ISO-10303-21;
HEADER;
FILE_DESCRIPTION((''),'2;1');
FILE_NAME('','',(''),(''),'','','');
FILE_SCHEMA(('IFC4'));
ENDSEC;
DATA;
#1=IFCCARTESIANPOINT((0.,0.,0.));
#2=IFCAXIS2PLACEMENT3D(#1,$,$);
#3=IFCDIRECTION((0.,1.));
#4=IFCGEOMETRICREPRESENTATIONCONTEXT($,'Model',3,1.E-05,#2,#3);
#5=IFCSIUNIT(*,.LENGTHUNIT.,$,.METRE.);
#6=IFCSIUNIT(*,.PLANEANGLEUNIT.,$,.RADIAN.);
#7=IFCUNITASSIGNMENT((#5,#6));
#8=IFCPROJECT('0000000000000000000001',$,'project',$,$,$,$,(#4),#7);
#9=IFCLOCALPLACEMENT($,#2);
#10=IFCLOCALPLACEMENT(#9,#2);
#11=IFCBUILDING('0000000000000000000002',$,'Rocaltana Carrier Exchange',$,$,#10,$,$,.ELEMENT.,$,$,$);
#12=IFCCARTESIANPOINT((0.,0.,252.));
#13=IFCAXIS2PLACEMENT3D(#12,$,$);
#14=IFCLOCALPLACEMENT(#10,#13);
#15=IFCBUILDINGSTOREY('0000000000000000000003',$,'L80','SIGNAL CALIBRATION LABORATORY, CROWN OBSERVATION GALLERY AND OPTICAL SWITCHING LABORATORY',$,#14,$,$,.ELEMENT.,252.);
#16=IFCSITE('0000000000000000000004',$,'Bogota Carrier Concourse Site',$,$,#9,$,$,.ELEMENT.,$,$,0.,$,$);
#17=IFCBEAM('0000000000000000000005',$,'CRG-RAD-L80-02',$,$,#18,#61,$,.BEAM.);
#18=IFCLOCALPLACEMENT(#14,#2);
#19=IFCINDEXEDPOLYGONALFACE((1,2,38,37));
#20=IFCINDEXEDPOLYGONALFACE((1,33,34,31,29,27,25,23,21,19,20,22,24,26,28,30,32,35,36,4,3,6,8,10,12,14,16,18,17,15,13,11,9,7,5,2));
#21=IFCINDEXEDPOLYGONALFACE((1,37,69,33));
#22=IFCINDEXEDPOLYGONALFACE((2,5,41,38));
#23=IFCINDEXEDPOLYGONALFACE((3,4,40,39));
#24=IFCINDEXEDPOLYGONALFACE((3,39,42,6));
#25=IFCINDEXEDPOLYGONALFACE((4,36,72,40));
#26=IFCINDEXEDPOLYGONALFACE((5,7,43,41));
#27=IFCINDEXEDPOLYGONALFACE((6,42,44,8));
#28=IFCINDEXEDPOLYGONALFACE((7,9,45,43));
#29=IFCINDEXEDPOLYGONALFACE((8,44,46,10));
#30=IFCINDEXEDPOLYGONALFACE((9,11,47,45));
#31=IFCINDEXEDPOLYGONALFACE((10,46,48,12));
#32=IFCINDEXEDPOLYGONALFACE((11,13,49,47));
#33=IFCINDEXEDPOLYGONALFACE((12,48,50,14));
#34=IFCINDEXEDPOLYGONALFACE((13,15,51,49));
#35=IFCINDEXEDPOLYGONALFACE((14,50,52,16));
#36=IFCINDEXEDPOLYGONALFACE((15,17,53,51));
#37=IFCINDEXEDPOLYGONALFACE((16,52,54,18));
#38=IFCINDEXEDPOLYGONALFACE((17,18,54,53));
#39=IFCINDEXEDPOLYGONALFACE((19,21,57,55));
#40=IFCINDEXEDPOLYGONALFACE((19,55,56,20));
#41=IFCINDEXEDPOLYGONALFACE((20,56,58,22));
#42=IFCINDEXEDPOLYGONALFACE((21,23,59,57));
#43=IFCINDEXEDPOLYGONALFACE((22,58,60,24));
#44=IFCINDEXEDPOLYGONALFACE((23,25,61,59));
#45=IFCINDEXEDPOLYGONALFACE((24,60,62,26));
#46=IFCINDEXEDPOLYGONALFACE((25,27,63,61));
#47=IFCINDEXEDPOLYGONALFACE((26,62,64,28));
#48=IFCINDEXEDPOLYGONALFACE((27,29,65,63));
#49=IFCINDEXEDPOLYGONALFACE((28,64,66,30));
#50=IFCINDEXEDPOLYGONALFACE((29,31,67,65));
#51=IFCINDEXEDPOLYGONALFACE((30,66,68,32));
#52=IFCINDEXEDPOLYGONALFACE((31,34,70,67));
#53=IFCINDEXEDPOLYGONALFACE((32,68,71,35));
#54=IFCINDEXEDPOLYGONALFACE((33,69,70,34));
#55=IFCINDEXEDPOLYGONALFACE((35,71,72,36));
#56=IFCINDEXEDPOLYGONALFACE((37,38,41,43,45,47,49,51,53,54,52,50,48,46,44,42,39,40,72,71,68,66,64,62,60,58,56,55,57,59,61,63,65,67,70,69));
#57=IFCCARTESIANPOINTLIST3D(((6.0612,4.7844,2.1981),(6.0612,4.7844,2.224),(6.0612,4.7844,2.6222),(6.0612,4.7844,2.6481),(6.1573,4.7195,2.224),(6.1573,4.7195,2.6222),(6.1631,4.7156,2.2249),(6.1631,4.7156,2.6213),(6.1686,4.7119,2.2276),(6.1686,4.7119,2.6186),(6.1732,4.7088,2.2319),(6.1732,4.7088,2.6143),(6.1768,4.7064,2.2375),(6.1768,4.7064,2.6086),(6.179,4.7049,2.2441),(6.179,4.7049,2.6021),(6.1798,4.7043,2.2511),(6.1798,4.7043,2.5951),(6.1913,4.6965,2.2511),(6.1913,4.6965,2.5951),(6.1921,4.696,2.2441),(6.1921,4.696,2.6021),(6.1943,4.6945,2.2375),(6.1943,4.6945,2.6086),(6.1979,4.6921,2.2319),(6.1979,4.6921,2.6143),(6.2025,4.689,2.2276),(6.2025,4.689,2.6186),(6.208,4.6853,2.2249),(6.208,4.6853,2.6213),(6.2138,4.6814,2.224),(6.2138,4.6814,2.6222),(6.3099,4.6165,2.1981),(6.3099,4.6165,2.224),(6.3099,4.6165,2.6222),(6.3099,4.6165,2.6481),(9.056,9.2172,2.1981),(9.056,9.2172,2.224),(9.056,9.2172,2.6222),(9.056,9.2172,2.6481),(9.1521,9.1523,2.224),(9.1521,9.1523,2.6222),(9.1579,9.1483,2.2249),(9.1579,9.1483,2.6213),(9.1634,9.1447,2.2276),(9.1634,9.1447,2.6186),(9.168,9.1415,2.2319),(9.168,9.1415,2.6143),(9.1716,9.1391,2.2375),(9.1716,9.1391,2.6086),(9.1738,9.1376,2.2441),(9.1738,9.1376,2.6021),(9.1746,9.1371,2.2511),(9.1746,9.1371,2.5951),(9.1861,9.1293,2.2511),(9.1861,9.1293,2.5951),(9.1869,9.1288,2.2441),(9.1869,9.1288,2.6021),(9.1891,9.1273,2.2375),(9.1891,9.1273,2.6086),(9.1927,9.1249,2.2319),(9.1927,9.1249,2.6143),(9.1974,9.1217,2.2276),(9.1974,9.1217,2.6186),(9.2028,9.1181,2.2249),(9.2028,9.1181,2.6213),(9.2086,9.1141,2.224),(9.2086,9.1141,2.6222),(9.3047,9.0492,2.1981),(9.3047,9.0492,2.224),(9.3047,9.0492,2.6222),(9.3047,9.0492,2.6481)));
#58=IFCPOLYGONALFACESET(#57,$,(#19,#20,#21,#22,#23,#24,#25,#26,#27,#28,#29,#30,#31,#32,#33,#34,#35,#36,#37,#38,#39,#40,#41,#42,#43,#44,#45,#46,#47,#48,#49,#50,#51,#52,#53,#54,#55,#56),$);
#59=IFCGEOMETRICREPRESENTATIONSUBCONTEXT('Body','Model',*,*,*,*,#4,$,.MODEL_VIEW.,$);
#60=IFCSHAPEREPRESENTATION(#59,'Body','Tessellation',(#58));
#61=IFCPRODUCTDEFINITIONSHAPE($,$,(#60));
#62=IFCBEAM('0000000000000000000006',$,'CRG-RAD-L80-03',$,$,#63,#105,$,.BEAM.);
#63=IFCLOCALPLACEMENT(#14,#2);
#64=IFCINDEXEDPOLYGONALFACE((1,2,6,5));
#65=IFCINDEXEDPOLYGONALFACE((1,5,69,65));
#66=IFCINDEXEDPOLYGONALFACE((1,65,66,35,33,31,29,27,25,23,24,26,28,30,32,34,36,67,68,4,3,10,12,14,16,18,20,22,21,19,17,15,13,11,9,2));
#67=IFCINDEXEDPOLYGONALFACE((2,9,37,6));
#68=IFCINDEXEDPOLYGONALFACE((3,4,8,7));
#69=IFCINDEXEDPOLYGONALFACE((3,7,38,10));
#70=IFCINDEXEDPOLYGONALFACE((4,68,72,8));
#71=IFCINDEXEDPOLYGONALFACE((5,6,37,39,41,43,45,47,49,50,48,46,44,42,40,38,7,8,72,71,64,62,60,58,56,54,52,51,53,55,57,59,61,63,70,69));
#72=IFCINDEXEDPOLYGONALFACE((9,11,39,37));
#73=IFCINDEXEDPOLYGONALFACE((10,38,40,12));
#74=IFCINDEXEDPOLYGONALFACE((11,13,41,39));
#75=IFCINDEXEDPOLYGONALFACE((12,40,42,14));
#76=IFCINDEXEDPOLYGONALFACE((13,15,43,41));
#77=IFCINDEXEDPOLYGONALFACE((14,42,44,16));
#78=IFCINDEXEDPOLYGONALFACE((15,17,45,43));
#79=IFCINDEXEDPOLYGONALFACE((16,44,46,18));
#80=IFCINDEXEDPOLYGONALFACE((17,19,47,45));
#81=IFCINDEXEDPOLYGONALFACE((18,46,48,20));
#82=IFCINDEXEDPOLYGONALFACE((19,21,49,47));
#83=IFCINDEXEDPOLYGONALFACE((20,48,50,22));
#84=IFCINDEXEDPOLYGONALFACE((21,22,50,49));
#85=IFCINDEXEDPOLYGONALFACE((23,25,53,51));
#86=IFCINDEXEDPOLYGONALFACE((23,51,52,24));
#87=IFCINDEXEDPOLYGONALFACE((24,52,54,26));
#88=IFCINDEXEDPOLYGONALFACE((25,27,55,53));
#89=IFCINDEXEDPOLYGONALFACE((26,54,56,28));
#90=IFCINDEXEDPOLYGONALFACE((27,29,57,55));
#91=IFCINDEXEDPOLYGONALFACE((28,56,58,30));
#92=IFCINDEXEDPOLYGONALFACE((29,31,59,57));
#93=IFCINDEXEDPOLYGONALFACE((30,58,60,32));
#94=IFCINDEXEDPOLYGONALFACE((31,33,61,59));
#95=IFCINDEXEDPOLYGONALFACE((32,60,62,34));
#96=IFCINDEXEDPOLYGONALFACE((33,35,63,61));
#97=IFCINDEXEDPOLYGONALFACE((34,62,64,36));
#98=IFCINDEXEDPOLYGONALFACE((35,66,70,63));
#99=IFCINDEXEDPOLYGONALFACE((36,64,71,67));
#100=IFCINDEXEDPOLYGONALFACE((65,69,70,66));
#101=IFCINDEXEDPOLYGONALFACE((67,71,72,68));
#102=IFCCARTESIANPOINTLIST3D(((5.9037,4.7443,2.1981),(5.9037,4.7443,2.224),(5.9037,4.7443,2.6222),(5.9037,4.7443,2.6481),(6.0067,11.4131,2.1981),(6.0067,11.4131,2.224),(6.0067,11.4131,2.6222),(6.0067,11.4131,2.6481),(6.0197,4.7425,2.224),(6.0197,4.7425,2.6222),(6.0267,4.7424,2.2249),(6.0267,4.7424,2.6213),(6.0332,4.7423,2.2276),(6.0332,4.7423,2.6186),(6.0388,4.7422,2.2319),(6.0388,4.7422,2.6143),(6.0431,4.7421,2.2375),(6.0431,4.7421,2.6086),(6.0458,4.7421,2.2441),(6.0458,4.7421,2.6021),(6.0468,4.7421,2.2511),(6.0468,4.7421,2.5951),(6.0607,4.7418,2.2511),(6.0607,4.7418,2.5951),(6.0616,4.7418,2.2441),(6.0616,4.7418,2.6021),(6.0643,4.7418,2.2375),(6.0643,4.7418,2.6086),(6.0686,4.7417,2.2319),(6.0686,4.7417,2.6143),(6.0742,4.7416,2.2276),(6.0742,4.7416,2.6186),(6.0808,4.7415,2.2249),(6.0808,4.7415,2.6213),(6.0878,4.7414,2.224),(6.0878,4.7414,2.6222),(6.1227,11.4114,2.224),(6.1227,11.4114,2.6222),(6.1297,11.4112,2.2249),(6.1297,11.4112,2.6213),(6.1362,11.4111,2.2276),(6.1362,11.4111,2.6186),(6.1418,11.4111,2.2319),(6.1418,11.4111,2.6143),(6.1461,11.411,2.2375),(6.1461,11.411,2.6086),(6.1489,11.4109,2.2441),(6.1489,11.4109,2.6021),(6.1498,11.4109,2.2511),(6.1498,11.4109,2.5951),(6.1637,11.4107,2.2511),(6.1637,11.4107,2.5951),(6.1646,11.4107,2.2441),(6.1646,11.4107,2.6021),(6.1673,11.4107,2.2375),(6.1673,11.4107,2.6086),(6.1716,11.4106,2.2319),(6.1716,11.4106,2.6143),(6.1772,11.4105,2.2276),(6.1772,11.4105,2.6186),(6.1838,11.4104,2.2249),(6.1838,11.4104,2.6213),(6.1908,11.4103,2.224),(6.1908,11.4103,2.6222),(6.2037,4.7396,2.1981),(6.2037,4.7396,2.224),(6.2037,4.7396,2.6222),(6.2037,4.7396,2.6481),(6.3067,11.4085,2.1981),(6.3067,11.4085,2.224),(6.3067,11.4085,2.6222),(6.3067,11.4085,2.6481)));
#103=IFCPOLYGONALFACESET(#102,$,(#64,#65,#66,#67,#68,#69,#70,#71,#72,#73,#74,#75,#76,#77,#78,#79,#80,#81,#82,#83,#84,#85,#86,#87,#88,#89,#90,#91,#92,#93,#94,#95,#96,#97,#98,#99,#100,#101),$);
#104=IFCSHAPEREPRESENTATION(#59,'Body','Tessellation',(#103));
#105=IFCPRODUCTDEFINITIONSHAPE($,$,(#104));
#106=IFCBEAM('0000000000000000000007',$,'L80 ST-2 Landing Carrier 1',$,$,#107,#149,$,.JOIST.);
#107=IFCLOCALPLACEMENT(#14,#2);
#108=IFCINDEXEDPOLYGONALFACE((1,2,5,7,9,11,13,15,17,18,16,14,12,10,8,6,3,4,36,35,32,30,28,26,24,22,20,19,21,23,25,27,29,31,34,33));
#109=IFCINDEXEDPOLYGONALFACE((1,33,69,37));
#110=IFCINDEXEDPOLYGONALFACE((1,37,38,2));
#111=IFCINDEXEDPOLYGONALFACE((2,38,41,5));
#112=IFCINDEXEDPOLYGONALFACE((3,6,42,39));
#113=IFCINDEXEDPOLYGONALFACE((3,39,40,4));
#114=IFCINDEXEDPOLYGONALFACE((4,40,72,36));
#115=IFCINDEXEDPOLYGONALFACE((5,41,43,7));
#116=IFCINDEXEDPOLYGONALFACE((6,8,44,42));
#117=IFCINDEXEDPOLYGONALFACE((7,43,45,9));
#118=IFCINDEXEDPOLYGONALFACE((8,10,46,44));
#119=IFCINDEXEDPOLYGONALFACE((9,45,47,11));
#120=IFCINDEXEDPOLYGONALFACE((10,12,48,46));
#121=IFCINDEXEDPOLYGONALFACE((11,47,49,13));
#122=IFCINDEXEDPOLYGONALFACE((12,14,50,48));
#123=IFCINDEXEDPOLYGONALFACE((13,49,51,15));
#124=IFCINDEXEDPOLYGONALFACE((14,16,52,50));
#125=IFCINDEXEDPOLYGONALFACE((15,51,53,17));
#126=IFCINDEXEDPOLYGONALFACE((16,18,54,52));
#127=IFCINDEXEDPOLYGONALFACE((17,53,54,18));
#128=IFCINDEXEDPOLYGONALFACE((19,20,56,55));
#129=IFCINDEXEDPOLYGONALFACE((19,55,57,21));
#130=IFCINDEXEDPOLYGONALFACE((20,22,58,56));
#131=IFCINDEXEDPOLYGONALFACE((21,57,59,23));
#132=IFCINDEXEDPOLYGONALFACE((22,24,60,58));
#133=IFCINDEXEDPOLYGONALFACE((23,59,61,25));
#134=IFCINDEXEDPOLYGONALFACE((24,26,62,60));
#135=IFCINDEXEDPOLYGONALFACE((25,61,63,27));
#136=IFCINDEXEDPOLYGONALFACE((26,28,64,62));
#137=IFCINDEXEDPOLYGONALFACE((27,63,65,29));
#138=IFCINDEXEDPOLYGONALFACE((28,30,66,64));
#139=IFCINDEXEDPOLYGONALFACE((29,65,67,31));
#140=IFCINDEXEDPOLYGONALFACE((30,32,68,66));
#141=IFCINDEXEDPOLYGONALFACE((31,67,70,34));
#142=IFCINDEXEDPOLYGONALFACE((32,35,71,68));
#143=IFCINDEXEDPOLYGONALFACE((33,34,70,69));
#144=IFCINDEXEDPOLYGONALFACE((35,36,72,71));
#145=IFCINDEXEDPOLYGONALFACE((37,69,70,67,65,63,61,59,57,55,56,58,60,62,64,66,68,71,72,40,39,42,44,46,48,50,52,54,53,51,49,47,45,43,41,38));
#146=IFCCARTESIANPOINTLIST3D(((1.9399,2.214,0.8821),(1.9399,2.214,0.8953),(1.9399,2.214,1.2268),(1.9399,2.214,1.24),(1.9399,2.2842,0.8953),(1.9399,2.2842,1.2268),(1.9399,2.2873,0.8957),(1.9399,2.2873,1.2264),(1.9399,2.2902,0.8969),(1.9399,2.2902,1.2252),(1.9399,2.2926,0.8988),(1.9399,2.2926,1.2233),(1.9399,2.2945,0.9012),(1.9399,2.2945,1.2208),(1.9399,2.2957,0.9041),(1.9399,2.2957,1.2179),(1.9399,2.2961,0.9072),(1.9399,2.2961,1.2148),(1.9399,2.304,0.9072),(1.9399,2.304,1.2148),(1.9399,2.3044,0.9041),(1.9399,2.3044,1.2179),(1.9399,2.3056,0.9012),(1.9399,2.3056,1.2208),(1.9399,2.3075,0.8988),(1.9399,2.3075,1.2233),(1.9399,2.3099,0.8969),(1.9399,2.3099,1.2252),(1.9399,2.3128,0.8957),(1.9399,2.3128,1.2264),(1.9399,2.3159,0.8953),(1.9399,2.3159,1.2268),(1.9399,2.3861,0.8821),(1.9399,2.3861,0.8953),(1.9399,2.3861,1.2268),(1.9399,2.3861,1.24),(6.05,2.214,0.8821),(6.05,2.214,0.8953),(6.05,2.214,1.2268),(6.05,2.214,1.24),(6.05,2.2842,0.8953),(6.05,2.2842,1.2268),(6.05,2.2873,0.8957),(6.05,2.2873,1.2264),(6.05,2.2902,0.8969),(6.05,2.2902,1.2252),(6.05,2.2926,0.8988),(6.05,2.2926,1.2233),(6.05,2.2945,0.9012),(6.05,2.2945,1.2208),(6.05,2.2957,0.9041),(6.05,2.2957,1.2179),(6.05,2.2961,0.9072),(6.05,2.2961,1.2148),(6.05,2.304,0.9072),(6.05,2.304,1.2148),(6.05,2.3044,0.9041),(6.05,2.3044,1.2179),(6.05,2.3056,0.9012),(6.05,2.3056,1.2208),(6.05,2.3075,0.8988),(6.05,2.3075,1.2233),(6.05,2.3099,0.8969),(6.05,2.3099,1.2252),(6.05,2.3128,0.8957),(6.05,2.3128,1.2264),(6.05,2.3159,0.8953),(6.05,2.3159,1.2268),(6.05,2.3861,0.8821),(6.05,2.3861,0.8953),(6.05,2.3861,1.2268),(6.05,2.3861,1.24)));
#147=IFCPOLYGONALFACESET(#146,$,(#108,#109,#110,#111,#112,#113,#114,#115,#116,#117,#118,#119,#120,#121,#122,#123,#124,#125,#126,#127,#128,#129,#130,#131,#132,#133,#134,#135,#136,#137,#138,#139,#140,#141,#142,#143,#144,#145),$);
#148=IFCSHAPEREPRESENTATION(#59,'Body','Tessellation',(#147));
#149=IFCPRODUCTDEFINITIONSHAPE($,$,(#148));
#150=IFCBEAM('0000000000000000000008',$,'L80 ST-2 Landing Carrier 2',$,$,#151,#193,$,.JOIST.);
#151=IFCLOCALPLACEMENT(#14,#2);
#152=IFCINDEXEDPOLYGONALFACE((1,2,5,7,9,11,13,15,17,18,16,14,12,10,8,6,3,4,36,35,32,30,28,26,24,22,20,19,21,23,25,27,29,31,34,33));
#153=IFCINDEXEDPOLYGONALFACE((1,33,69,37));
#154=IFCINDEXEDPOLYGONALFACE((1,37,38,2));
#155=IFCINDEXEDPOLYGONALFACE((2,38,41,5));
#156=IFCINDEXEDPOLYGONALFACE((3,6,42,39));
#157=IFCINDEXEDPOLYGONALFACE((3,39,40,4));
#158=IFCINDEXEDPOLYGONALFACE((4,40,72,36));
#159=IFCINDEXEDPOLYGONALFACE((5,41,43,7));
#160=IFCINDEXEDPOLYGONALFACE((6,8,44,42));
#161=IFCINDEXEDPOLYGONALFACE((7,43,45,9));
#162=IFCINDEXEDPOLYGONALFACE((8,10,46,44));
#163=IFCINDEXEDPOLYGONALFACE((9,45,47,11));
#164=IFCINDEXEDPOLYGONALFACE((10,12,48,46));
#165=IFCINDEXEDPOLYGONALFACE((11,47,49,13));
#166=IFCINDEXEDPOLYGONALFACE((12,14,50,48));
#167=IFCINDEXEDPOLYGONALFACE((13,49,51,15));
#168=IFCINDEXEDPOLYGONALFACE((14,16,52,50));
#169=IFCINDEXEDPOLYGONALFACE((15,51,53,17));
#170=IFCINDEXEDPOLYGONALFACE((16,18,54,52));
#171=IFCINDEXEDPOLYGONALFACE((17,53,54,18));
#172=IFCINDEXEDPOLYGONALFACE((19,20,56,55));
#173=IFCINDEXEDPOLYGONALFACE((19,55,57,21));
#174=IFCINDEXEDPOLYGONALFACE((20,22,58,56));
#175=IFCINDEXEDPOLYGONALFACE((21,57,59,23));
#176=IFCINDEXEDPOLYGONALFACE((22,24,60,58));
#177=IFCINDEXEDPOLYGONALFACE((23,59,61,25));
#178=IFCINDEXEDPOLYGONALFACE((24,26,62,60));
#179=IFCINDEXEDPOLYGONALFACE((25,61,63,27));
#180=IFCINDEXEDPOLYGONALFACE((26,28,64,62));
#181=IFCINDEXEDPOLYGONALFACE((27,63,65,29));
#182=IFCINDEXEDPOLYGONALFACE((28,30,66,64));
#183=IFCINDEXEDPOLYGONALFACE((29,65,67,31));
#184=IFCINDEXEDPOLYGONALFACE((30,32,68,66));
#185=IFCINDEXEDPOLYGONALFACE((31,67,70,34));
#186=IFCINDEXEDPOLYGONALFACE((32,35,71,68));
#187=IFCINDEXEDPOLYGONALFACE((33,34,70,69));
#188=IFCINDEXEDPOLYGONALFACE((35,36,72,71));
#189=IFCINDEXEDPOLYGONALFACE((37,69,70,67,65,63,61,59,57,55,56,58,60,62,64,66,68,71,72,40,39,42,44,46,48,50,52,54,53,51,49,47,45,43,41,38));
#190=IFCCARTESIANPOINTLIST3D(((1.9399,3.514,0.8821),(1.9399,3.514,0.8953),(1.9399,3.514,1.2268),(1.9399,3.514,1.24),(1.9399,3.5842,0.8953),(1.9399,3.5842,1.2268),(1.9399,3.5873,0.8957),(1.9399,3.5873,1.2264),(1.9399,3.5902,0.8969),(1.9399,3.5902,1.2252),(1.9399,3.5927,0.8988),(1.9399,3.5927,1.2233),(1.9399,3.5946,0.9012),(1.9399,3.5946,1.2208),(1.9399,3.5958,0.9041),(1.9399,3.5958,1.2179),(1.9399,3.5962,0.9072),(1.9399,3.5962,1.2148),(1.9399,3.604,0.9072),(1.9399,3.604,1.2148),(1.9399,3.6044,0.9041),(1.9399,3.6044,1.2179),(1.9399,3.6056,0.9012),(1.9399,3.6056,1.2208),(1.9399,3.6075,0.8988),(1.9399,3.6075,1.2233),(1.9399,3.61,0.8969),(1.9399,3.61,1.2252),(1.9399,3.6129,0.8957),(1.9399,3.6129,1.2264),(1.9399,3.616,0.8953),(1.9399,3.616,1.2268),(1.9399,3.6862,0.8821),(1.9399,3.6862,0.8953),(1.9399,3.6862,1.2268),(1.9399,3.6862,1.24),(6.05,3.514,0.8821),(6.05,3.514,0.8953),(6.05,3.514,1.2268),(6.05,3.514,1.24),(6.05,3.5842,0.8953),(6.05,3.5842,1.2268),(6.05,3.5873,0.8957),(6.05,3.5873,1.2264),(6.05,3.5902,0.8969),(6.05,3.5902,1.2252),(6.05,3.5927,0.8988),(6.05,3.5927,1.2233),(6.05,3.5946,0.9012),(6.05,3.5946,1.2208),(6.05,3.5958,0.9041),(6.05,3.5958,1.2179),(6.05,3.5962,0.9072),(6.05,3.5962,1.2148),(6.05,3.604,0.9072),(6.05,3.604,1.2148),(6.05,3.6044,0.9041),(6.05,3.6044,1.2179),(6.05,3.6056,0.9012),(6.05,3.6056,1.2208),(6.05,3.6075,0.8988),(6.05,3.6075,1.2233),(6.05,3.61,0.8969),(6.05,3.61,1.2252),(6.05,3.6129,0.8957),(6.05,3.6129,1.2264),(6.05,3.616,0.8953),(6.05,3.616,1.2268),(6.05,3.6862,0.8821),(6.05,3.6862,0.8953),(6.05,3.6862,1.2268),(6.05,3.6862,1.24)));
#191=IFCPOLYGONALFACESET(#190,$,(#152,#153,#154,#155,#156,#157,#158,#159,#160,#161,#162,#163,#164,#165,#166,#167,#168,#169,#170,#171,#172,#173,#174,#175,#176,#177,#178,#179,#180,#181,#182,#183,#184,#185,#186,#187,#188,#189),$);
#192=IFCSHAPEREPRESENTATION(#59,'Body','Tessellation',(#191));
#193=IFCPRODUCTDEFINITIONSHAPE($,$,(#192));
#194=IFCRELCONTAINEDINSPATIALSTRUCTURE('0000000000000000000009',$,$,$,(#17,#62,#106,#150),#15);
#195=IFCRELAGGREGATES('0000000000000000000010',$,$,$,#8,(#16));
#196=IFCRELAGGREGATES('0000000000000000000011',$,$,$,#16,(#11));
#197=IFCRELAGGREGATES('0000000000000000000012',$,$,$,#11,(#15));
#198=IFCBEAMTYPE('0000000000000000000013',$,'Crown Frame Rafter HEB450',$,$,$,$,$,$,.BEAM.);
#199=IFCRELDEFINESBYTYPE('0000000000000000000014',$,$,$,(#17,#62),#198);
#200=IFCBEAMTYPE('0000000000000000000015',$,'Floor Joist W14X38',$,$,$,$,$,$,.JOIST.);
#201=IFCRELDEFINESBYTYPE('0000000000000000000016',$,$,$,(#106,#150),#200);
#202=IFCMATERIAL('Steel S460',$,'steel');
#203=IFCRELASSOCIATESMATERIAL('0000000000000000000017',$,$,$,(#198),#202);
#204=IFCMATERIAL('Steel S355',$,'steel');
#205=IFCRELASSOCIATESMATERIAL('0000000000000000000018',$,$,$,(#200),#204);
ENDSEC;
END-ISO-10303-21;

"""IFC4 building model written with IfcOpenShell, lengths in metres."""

from ifc_helpers import new_model, si_unit, direction, frame, origin, origin_2d, place, context, subcontext, project, spatial, i_section, extrude, material, material_profile, profile_set, type_object, element, save


model = new_model("IFC4")

# Units and contexts
model_context = context("Model", 3, precision=1e-05, world=origin(), true_north=direction((0.0, 1.0)))
body_context = subcontext(model_context, "Body", "Model", "MODEL_VIEW")
ifc_project = project(units=[si_unit("LENGTHUNIT", "METRE"), si_unit("PLANEANGLEUNIT", "RADIAN")], contexts=[model_context])

# Site, building, storey
site_placement = place(None, origin())
site = spatial("IfcSite", under=ifc_project, at=site_placement, Name="Bogota Carrier Concourse Site", CompositionType="ELEMENT", RefElevation=0.0)
building_placement = place(site_placement, origin())
building = spatial("IfcBuilding", under=site, at=building_placement, Name="Rocaltana Carrier Exchange", CompositionType="ELEMENT")
storey_placement = place(building_placement, frame((0.0, 0.0, 252.0)))
storey = spatial("IfcBuildingStorey", under=building, at=storey_placement, Name="L80", Description="SIGNAL CALIBRATION LABORATORY, CROWN OBSERVATION GALLERY AND OPTICAL SWITCHING LABORATORY", CompositionType="ELEMENT", Elevation=252.0)

# Beams
ifc_material_1 = material(Name="Steel S460", Category="steel")
ifc_material_profile_1 = material_profile(ifc_material_1, i_section(OverallWidth=0.3, OverallDepth=0.45, WebThickness=0.0139, FlangeThickness=0.0259, FilletRadius=0.0271, at=origin_2d()), Name="HEB450")
ifc_profile_set_1 = profile_set([ifc_material_profile_1], Name="Steel S460")
beam_type_1 = type_object("IfcBeamType", Name="Crown Frame Rafter HEB450", PredefinedType="BEAM", material=ifc_profile_set_1)
beam_1_placement = place(storey_placement, frame((6.1855, 4.7004, 2.4231), z_axis=(0.559818, 0.828615, 0.0), x_axis=(-0.828615, 0.559818, 0.0)))
element("IfcBeam", 1, at=beam_1_placement, inside=storey, type_object=beam_type_1, Name="CRG-RAD-L80-02", PredefinedType="BEAM", context=body_context, shape_type="SweptSolid", body=[
    extrude(i_section(OverallWidth=0.3, OverallDepth=0.45, WebThickness=0.0139, FlangeThickness=0.0259, FilletRadius=0.0271, at=origin_2d()), origin(), (0.0, 0.0, 1.0), 5.3496),
])
beam_2_placement = place(storey_placement, frame((6.0537, 4.7419, 2.4231), z_axis=(0.015447, 0.999881, 0.0), x_axis=(-0.999881, 0.015447, 0.0)))
element("IfcBeam", 2, at=beam_2_placement, inside=storey, type_object=beam_type_1, Name="CRG-RAD-L80-03", PredefinedType="BEAM", context=body_context, shape_type="SweptSolid", body=[
    extrude(i_section(OverallWidth=0.3, OverallDepth=0.45, WebThickness=0.0139, FlangeThickness=0.0259, FilletRadius=0.0271, at=origin_2d()), origin(), (0.0, 0.0, 1.0), 6.6697),
])
ifc_material_2 = material(Name="Steel S355", Category="steel")
ifc_material_profile_2 = material_profile(ifc_material_2, i_section(OverallWidth=0.1721, OverallDepth=0.3579, WebThickness=0.0078, FlangeThickness=0.0132, FilletRadius=0.012, at=origin_2d()), Name="W14X38")
ifc_profile_set_2 = profile_set([ifc_material_profile_2], Name="Steel S355")
beam_type_2 = type_object("IfcBeamType", Name="Floor Joist W14X38", PredefinedType="JOIST", material=ifc_profile_set_2)
for number, where, z_axis, x_axis, name in (
    (3, (1.9399, 2.3, 1.061), (1.0, 0.0, 0.0), (0.0, 1.0, 0.0), "L80 ST-2 Landing Carrier 1"),
    (4, (1.9399, 3.6001, 1.061), (1.0, 0.0, 0.0), (0.0, 1.0, 0.0), "L80 ST-2 Landing Carrier 2"),
):
    element("IfcBeam", number, at=place(storey_placement, frame(where, z_axis=z_axis, x_axis=x_axis)), inside=storey, type_object=beam_type_2, Name=name, PredefinedType="JOIST", context=body_context, shape_type="SweptSolid", body=[
        extrude(i_section(OverallWidth=0.1721, OverallDepth=0.3579, WebThickness=0.0078, FlangeThickness=0.0132, FilletRadius=0.012, at=origin_2d()), origin(), (0.0, 0.0, 1.0), 4.1101),
    ])

save(model, "model.ifc")
